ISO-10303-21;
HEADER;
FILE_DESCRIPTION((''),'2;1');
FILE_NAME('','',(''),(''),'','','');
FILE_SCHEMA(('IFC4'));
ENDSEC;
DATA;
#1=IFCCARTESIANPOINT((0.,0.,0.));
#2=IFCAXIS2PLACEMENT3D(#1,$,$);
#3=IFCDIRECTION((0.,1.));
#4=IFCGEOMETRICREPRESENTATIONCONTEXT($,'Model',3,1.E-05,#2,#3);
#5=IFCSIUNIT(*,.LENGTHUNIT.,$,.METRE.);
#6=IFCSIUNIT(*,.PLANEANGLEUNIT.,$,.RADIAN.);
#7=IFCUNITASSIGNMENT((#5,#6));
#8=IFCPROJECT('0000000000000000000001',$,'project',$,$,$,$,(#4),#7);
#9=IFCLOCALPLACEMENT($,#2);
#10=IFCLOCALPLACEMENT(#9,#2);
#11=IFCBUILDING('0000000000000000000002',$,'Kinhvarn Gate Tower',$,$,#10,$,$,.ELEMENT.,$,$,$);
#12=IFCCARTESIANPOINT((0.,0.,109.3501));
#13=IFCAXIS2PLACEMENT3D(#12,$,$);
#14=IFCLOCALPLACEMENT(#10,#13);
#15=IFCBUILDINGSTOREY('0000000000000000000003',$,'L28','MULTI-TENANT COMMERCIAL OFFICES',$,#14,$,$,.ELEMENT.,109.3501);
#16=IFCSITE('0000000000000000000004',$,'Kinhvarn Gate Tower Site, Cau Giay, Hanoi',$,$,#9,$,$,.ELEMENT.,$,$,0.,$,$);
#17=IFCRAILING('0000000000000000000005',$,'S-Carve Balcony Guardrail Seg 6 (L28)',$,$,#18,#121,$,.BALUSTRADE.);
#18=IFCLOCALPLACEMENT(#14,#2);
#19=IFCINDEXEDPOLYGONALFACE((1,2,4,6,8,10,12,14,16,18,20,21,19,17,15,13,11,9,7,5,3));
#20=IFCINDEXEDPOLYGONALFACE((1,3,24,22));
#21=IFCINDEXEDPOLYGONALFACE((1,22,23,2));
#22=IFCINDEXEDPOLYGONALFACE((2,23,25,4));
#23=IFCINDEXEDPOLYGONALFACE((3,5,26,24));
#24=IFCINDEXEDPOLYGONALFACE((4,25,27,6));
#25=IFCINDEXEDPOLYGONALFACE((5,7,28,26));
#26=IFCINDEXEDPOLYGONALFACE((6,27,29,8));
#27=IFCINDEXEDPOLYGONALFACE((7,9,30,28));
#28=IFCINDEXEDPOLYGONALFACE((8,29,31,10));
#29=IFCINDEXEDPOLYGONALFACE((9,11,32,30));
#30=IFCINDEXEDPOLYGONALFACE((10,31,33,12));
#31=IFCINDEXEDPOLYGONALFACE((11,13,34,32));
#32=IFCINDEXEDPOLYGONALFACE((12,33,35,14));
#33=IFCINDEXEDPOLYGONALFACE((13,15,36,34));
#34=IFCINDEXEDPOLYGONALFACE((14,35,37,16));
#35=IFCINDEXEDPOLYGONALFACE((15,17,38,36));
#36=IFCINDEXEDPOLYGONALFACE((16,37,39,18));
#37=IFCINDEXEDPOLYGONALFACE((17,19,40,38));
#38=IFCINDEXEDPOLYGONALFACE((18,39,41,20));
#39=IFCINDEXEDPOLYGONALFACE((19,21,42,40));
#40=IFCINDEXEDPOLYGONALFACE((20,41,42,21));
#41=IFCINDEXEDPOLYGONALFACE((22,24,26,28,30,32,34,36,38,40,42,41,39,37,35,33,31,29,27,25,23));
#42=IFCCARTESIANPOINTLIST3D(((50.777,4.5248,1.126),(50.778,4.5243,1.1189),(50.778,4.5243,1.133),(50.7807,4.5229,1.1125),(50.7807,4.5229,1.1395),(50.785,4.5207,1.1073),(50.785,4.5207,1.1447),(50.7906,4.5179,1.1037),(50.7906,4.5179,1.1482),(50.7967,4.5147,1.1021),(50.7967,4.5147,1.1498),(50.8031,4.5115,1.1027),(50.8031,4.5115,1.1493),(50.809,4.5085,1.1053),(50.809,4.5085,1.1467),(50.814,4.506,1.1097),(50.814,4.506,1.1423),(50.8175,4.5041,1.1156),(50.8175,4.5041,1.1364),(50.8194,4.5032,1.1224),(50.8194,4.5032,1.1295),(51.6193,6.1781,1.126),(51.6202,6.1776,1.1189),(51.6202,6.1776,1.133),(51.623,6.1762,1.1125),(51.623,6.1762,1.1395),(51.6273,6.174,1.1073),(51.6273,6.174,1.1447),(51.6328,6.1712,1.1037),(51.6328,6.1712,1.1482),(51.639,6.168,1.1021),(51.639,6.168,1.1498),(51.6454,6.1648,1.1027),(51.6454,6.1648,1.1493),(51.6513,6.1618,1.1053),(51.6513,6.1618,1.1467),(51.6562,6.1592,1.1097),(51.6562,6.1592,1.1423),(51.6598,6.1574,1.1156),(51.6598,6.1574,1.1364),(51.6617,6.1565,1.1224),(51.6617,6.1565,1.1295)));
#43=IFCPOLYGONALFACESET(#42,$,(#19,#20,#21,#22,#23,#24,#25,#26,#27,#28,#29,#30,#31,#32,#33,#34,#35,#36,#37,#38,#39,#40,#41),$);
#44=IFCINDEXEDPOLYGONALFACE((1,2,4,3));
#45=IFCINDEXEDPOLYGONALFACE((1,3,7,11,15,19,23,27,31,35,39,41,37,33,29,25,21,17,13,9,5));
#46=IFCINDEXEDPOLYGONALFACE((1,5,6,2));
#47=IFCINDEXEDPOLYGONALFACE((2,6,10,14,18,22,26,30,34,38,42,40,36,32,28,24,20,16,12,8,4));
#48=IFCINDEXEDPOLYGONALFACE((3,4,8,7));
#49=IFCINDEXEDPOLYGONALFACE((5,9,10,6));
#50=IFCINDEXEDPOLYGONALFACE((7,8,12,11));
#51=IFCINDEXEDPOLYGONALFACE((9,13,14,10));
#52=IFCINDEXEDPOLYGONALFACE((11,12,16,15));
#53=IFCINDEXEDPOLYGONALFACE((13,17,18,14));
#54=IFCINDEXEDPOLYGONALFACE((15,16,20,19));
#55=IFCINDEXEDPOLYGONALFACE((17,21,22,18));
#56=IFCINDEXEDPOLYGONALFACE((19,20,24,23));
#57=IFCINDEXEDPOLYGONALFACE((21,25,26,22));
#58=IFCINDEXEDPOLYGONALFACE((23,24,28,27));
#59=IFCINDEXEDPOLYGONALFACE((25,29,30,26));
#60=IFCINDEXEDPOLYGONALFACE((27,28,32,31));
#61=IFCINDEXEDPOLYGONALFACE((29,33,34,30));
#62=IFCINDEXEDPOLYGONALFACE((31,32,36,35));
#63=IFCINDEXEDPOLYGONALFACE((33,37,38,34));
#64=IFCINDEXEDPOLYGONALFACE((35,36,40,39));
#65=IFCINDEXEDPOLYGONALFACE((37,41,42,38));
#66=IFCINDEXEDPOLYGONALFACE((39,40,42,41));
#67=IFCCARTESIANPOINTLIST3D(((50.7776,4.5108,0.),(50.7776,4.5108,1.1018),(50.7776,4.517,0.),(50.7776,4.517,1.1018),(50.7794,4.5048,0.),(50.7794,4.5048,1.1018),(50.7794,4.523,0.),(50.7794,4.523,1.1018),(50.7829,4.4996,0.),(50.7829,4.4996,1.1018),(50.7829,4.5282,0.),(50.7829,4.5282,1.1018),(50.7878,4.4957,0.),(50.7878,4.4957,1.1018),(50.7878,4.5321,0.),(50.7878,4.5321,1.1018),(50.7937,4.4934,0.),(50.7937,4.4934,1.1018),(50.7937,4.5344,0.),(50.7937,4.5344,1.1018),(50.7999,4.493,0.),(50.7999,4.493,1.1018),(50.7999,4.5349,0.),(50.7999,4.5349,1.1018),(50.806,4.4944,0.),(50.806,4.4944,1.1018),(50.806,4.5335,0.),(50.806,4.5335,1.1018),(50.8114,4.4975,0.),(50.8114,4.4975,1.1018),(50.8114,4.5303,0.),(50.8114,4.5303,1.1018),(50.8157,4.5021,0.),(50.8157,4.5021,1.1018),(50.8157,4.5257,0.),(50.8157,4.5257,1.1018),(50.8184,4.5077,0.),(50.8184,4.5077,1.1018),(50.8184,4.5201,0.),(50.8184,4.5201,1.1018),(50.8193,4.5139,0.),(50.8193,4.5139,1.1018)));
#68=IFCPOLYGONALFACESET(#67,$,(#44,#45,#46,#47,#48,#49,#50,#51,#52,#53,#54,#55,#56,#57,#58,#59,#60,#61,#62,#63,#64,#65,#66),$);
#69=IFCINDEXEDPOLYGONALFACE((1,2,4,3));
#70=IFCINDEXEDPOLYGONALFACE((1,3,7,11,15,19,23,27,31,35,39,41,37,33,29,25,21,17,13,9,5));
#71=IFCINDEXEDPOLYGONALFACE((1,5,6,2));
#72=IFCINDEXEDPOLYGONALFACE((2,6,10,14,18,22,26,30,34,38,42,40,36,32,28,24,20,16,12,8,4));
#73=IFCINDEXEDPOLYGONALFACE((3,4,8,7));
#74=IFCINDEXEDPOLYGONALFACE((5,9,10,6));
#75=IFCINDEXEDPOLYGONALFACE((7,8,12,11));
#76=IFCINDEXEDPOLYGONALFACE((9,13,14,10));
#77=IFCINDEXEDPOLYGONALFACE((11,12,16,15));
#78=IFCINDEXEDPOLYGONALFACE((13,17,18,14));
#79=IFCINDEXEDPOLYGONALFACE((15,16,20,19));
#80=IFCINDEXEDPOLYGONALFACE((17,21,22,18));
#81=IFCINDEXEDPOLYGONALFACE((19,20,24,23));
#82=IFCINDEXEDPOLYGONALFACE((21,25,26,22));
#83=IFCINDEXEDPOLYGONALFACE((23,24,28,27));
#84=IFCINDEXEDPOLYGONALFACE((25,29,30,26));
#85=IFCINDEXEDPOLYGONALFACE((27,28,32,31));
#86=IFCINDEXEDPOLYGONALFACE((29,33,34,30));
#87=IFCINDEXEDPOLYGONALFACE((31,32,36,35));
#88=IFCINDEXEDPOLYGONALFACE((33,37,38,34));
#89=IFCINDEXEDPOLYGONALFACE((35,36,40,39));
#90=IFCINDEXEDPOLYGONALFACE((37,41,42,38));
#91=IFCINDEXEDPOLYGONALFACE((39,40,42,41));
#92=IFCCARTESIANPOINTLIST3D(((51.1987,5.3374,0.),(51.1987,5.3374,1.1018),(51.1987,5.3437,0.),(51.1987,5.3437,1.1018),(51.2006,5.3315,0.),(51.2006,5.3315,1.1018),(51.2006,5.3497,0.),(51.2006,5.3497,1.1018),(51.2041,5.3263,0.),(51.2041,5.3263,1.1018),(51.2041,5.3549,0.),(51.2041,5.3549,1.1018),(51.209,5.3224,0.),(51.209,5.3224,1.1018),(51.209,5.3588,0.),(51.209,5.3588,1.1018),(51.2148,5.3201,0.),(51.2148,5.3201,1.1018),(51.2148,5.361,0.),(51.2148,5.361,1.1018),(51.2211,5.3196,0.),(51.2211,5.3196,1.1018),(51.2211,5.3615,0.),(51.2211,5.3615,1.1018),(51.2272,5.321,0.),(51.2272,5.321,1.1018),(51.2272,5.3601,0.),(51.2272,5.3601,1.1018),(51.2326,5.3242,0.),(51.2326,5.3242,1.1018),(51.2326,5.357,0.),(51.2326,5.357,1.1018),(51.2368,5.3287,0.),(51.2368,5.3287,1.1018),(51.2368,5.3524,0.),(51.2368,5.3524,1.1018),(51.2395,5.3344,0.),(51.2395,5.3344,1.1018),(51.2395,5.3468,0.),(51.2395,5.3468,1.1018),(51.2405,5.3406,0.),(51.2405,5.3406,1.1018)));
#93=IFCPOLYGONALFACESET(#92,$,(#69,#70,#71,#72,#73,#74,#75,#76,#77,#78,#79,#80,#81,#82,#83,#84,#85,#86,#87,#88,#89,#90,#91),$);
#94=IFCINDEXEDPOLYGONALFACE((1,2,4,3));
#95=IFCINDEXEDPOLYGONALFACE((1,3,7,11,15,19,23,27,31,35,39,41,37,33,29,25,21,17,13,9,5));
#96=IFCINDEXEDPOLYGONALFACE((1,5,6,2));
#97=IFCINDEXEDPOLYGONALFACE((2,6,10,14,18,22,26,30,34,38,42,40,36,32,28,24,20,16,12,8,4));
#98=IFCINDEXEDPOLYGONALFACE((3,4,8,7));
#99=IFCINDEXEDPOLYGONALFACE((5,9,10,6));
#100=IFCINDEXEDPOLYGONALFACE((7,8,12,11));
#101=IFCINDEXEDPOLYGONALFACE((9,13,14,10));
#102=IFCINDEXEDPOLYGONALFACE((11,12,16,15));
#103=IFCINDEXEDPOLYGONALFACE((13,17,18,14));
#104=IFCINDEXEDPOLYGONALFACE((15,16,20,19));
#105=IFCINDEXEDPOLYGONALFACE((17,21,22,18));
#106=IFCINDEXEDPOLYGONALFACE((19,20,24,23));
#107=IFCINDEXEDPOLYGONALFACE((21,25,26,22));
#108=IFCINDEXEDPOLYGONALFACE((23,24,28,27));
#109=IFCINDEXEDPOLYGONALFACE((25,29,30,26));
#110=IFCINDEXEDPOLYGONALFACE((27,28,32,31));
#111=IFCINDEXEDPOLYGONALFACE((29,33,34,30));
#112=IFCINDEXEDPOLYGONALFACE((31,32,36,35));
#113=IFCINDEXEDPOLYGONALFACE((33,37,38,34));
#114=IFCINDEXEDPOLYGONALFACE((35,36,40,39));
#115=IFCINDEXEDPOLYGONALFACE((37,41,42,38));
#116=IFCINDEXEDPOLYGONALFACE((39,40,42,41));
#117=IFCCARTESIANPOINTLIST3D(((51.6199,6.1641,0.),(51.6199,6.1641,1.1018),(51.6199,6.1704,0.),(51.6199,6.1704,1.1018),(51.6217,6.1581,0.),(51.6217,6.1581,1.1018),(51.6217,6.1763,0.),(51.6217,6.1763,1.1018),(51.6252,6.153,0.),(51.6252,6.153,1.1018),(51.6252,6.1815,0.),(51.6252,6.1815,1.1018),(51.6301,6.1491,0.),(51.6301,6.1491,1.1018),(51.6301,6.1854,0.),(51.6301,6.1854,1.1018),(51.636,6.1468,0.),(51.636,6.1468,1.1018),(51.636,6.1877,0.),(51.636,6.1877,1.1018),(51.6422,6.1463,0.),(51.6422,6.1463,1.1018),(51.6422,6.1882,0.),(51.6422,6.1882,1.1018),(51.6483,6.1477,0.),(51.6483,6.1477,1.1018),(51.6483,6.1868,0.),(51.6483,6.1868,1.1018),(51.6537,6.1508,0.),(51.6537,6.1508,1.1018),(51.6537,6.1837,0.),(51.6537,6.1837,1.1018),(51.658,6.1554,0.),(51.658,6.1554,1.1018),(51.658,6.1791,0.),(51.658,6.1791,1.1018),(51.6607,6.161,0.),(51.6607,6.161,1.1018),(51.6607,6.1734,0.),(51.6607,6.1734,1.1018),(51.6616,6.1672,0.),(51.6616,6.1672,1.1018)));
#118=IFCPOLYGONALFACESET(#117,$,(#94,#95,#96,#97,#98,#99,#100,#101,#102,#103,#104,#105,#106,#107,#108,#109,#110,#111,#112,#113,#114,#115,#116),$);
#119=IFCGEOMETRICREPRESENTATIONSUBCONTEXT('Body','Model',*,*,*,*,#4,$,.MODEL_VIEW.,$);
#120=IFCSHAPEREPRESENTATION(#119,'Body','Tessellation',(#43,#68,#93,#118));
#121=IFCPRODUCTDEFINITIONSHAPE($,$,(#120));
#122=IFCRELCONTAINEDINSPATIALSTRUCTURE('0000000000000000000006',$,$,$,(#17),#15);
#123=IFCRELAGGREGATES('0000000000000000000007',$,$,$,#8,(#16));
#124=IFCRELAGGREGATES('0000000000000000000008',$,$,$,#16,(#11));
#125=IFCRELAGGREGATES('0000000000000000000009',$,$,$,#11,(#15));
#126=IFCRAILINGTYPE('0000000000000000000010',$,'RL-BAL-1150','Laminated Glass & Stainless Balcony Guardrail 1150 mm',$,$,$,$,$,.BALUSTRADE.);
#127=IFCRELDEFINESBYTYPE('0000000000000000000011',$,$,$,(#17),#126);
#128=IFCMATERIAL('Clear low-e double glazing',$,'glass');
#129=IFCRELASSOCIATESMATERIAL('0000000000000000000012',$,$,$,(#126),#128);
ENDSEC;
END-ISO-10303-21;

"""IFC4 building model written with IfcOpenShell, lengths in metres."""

from ifc_helpers import new_model, si_unit, direction, frame, origin, origin_2d, place, context, subcontext, project, spatial, circle, extrude, material, type_object, element, save


model = new_model("IFC4")

# Units and contexts
model_context = context("Model", 3, precision=1e-05, world=origin(), true_north=direction((0.0, 1.0)))
body_context = subcontext(model_context, "Body", "Model", "MODEL_VIEW")
ifc_project = project(units=[si_unit("LENGTHUNIT", "METRE"), si_unit("PLANEANGLEUNIT", "RADIAN")], contexts=[model_context])

# Site, building, storey
site_placement = place(None, origin())
site = spatial("IfcSite", under=ifc_project, at=site_placement, Name="Kinhvarn Gate Tower Site, Cau Giay, Hanoi", CompositionType="ELEMENT", RefElevation=0.0)
building_placement = place(site_placement, origin())
building = spatial("IfcBuilding", under=site, at=building_placement, Name="Kinhvarn Gate Tower", CompositionType="ELEMENT")
storey_placement = place(building_placement, frame((0.0, 0.0, 109.3501)))
storey = spatial("IfcBuildingStorey", under=building, at=storey_placement, Name="L28", Description="MULTI-TENANT COMMERCIAL OFFICES", CompositionType="ELEMENT", Elevation=109.3501)

# Shared definitions
ifc_material_1 = material(Name="Clear low-e double glazing", Category="glass")

# Railing
railing_type = type_object("IfcRailingType", Name="RL-BAL-1150", Description="Laminated Glass & Stainless Balcony Guardrail 1150 mm", PredefinedType="BALUSTRADE", material=ifc_material_1)
railing_1_placement = place(storey_placement, frame((50.7983, 4.5139, 0.0)))
element("IfcRailing", 1, at=railing_1_placement, inside=storey, type_object=railing_type, Name="S-Carve Balcony Guardrail Seg 6 (L28)", PredefinedType="BALUSTRADE", context=body_context, shape_type="SweptSolid", body=[
    extrude(circle(Radius=0.0239, at=origin_2d()), frame((0.0, 0.0, 1.126), z_axis=(0.453938, 0.891033, 0.0), x_axis=(-0.891033, 0.453938, 0.0)), (0.0, 0.0, 1.0), 1.8555),
    extrude(circle(Radius=0.021, at=origin_2d()), origin(), (0.0, 0.0, 1.0), 1.1018),
    extrude(circle(Radius=0.021, at=origin_2d()), frame((0.4211, 0.8267, 0.0)), (0.0, 0.0, 1.0), 1.1018),
    extrude(circle(Radius=0.021, at=origin_2d()), frame((0.8423, 1.6533, 0.0)), (0.0, 0.0, 1.0), 1.1018),
])

save(model, "model.ifc")
